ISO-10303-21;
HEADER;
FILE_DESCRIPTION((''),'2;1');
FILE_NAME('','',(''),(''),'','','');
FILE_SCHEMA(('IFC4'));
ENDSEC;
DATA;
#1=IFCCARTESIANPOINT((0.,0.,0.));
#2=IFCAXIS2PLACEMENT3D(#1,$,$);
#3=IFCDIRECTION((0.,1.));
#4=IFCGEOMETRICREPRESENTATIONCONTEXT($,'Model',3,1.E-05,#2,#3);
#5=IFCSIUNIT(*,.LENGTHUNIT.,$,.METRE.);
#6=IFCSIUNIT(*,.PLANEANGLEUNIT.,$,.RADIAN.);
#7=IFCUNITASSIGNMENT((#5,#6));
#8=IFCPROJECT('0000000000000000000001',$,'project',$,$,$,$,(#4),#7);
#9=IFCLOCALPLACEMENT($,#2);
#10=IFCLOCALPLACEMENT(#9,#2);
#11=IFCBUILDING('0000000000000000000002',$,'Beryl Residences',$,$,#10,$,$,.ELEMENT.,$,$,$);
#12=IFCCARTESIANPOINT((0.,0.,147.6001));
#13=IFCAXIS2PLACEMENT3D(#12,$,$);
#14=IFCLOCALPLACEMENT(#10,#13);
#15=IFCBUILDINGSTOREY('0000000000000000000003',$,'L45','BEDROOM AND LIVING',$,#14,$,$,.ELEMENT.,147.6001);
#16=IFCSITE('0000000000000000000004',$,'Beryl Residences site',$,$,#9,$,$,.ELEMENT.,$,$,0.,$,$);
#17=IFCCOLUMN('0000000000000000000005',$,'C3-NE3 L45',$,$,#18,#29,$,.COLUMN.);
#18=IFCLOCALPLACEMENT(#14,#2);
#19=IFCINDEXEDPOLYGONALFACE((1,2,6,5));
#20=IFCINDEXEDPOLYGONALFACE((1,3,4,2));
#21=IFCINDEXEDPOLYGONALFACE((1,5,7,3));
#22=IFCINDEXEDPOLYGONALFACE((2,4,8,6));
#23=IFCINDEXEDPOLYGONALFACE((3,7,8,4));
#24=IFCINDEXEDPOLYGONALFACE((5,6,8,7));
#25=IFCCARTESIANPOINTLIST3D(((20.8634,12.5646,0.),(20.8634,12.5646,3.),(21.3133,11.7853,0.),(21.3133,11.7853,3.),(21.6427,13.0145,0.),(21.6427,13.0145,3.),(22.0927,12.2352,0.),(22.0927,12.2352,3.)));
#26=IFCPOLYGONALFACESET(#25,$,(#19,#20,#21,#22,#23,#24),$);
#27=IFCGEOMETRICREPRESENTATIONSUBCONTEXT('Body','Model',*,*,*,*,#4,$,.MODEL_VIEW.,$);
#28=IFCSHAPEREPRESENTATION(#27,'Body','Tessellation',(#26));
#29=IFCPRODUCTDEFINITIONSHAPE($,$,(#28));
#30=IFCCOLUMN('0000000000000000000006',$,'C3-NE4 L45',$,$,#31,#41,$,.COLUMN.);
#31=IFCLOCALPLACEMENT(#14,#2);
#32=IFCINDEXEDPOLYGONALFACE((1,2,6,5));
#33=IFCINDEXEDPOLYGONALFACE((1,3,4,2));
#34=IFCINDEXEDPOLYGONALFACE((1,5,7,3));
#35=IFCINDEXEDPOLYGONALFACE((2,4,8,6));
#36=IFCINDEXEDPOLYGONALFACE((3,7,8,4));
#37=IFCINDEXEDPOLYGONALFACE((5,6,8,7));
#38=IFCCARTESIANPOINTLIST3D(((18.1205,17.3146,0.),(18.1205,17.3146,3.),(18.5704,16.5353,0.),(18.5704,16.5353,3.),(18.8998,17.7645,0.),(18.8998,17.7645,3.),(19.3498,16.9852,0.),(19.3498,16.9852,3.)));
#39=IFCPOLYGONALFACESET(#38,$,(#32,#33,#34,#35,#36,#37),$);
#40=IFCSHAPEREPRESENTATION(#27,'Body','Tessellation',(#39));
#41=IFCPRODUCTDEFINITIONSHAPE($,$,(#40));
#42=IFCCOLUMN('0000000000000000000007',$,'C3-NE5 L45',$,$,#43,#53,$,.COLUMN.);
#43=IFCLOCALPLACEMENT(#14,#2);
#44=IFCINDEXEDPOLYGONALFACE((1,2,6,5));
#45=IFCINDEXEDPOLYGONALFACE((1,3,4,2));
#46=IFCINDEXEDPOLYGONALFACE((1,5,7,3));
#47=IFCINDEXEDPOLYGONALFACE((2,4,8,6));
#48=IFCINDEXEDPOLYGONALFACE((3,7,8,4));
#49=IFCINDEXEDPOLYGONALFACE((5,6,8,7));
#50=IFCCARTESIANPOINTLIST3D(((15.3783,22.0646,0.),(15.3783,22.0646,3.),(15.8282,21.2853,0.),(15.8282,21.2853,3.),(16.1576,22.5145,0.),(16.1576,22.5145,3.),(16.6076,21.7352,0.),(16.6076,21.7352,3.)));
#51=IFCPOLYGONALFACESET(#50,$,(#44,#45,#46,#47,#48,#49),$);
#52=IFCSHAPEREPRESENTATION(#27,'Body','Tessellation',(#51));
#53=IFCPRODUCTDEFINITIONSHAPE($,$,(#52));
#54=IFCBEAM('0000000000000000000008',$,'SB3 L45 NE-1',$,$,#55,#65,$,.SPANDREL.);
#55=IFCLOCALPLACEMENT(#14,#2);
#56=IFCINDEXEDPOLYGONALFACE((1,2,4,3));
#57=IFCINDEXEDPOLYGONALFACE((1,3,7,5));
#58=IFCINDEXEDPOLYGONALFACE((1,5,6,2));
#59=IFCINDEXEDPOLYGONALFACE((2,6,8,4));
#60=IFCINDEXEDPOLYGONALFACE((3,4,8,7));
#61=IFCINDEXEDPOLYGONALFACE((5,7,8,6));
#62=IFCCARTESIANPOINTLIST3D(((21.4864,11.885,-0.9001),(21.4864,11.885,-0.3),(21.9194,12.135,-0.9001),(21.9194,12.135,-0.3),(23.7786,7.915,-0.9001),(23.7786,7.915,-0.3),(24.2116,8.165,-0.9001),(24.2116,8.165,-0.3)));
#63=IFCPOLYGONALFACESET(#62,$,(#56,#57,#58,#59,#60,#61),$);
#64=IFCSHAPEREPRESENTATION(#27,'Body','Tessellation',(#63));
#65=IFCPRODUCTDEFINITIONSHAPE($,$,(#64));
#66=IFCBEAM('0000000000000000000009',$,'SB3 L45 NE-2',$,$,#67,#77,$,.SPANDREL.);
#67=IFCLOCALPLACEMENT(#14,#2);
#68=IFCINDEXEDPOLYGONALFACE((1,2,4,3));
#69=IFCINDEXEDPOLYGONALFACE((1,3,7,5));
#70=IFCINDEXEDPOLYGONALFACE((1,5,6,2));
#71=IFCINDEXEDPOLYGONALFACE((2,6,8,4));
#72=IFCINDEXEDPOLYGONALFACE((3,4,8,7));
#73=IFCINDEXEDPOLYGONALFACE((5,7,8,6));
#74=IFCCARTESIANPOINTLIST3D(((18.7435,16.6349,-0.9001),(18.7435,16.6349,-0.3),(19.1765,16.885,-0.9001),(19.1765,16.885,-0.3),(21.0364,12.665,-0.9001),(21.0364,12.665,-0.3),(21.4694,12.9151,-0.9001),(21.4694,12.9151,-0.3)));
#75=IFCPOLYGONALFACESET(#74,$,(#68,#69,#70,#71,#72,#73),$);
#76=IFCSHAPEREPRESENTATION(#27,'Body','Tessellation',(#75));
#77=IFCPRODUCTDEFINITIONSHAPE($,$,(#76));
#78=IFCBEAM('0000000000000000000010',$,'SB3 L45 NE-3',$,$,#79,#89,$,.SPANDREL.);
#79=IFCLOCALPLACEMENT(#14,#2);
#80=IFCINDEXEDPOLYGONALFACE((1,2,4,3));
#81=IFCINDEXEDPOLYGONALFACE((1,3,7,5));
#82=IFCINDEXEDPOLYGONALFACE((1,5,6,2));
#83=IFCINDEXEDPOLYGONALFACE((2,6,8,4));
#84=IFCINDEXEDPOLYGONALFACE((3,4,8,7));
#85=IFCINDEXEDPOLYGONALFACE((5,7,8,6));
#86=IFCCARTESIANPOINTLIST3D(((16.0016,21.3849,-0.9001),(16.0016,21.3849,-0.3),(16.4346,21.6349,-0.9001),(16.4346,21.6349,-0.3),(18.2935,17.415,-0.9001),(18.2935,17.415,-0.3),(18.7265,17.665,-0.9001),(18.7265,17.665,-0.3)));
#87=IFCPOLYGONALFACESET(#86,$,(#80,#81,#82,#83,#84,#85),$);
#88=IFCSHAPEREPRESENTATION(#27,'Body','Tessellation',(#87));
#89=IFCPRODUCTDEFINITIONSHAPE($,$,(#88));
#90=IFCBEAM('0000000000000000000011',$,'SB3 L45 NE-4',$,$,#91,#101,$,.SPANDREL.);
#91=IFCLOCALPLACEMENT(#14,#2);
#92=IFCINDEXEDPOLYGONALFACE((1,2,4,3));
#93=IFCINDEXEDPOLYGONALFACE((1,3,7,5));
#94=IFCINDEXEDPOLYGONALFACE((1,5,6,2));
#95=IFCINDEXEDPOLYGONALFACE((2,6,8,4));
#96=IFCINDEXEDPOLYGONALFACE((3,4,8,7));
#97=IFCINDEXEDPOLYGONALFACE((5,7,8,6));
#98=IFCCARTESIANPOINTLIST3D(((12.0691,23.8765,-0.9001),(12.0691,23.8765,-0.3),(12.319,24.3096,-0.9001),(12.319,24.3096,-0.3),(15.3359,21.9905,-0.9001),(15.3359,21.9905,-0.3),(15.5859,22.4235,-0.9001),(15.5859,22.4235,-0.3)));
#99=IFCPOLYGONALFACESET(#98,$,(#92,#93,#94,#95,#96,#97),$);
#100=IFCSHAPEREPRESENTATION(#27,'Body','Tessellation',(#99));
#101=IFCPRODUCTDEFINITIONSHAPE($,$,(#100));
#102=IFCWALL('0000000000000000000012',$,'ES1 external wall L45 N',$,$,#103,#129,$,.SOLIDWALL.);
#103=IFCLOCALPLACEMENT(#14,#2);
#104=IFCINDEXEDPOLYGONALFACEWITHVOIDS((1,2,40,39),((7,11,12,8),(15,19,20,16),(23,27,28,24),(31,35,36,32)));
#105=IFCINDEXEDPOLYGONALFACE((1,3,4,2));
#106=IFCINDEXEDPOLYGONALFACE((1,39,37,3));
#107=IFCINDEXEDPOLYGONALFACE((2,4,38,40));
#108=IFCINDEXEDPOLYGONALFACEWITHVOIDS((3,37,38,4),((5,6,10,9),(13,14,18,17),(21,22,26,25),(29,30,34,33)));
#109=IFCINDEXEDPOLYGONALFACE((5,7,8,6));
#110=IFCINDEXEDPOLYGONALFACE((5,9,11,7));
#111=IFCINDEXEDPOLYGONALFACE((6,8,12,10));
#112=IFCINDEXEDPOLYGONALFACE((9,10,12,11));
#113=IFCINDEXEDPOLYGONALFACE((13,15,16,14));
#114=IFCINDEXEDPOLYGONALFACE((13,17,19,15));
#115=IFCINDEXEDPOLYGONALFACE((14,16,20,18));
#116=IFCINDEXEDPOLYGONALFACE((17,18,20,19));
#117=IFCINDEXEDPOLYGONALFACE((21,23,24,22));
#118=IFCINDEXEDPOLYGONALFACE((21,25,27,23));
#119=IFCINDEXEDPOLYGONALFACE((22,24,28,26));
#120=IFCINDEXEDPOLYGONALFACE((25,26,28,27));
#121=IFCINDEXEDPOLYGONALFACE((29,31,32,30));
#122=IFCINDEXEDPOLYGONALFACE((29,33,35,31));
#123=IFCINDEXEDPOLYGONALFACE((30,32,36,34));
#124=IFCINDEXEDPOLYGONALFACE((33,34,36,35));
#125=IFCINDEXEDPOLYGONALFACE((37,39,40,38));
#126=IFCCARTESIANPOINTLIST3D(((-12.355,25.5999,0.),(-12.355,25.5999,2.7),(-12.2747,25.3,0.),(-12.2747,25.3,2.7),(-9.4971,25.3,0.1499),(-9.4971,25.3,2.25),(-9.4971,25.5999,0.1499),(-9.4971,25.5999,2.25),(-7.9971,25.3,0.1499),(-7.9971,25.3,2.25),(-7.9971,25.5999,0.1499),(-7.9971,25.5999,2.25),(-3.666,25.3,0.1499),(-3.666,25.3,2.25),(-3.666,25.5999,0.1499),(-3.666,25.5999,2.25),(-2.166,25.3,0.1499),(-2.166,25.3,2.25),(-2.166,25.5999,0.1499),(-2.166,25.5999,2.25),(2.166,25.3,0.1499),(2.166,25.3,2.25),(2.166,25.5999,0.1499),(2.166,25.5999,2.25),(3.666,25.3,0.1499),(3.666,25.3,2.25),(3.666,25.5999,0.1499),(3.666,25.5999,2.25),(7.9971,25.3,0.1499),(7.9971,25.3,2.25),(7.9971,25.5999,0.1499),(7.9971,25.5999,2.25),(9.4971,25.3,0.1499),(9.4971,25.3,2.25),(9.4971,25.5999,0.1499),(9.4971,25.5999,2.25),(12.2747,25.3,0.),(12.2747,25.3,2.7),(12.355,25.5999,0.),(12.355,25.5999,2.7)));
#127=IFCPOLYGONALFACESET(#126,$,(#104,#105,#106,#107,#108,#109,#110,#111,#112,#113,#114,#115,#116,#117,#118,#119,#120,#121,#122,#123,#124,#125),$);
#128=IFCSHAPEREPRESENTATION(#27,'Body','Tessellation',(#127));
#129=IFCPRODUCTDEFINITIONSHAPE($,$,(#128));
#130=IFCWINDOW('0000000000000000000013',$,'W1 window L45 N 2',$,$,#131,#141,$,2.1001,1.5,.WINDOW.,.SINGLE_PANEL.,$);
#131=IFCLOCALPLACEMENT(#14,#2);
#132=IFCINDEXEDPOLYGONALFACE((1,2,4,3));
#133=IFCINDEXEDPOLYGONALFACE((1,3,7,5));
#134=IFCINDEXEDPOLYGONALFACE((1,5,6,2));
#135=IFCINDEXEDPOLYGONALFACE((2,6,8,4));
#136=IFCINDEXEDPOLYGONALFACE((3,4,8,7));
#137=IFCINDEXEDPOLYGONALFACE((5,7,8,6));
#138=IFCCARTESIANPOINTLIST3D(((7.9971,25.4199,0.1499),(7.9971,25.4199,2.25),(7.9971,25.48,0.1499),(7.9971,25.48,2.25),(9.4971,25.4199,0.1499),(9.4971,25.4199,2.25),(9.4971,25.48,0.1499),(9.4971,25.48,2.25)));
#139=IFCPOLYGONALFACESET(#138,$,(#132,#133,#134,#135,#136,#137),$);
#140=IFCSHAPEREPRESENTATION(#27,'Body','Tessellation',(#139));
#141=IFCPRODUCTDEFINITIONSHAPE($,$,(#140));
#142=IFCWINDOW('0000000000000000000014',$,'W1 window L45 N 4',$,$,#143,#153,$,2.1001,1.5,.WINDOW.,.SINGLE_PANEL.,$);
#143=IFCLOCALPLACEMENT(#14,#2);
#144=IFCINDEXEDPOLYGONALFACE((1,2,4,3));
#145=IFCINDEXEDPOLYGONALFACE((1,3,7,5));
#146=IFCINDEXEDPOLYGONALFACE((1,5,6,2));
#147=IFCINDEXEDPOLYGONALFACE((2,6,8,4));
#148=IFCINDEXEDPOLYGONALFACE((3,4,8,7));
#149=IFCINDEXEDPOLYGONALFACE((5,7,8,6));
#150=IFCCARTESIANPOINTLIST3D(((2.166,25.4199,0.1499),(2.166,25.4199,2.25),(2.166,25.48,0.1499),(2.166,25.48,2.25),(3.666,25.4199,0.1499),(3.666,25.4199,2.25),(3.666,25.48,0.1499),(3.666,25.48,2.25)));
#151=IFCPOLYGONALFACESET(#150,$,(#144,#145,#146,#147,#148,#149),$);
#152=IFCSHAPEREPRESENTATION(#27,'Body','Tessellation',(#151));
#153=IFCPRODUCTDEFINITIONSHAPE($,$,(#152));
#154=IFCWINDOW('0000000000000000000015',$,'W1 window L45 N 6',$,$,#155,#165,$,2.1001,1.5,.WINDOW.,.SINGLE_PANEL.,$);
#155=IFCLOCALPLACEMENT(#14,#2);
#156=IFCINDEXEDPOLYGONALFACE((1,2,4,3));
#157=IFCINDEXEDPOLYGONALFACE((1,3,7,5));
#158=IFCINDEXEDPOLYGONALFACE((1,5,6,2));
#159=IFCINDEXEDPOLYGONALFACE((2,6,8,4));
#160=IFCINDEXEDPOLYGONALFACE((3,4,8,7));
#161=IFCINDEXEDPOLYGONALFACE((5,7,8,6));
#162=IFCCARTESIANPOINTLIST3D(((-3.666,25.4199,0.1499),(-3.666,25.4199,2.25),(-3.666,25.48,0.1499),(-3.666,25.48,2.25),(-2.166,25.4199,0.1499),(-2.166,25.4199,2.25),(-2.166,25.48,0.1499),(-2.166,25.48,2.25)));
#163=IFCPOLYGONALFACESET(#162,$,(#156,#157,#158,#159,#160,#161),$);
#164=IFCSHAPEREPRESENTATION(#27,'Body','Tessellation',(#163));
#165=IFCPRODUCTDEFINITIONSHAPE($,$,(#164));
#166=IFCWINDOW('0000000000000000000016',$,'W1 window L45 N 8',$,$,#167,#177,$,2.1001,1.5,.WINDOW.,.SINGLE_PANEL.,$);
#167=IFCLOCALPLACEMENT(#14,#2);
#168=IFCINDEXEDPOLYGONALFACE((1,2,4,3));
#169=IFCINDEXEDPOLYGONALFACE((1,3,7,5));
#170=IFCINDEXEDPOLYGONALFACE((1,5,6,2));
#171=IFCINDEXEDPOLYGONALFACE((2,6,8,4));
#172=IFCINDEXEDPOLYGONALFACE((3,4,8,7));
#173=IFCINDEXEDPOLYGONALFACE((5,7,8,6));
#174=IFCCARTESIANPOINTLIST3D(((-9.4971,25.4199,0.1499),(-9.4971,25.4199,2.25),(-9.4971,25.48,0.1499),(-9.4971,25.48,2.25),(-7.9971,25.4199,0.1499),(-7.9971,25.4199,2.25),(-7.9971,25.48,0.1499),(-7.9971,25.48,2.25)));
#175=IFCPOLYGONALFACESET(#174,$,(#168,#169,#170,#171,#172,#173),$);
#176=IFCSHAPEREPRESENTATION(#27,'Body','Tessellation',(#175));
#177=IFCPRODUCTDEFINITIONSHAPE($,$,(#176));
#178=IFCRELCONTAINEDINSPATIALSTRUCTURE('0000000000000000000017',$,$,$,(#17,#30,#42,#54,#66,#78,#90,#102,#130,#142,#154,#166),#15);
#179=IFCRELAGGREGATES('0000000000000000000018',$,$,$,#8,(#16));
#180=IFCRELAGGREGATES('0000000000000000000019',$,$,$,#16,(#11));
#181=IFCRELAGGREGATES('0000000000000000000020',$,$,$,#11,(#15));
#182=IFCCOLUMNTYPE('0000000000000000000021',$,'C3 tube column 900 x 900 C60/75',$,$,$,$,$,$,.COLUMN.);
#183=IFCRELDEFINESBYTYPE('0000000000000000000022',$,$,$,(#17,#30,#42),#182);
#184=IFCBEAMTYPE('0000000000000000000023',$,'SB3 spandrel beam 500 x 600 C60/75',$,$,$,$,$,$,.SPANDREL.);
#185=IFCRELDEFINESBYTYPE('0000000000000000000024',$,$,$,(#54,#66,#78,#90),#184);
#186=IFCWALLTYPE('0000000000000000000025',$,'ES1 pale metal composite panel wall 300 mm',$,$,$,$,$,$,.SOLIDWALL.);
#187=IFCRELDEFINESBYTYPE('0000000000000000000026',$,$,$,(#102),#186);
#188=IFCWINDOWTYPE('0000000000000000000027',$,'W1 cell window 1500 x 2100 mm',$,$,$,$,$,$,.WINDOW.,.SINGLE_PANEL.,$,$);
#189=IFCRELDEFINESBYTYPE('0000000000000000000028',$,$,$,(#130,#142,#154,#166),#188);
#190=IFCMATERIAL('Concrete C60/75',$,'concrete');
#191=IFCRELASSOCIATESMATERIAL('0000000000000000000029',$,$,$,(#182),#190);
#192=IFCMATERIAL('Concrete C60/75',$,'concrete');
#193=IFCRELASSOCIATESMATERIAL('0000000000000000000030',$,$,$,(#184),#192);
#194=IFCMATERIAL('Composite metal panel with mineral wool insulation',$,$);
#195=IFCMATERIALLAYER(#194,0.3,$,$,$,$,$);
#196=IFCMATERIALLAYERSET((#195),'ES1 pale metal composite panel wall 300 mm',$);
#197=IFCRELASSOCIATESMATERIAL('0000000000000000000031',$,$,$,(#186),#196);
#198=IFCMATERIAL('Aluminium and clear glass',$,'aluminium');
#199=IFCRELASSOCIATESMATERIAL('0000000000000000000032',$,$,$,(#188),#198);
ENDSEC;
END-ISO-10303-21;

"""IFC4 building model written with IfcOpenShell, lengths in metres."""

from ifc_helpers import new_model, si_unit, direction, frame, frame_2d, origin, origin_2d, place, context, subcontext, project, spatial, polyline, rectangle, outline, extrude, material, layer, layer_set, material_profile, profile_set, type_object, element, fill, save


model = new_model("IFC4")

# Units and contexts
model_context = context("Model", 3, precision=1e-05, world=origin(), true_north=direction((0.0, 1.0)))
body_context = subcontext(model_context, "Body", "Model", "MODEL_VIEW")
ifc_project = project(units=[si_unit("LENGTHUNIT", "METRE"), si_unit("PLANEANGLEUNIT", "RADIAN")], contexts=[model_context])

# Site, building, storey
site_placement = place(None, origin())
site = spatial("IfcSite", under=ifc_project, at=site_placement, Name="Beryl Residences site", CompositionType="ELEMENT", RefElevation=0.0)
building_placement = place(site_placement, origin())
building = spatial("IfcBuilding", under=site, at=building_placement, Name="Beryl Residences", CompositionType="ELEMENT")
storey_placement = place(building_placement, frame((0.0, 0.0, 147.6001)))
storey = spatial("IfcBuildingStorey", under=building, at=storey_placement, Name="L45", Description="BEDROOM AND LIVING", CompositionType="ELEMENT", Elevation=147.6001)

# Columns
ifc_material_1 = material(Name="Concrete C60/75", Category="concrete")
ifc_material_profile_1 = material_profile(ifc_material_1, rectangle(XDim=0.8999, YDim=0.8999, at=origin_2d()))
ifc_profile_set_1 = profile_set([ifc_material_profile_1], Name="Concrete C60/75")
column_type = type_object("IfcColumnType", Name="C3 tube column 900 x 900 C60/75", PredefinedType="COLUMN", material=ifc_profile_set_1)
for number, where, z_axis, x_axis, name in (
    (1, (21.478, 12.3999, 0.0), (0.0, 0.0, 1.0), (-0.5, 0.866025, 0.0), "C3-NE3 L45"),
    (2, (18.7351, 17.1499, 0.0), (0.0, 0.0, 1.0), (-0.5, 0.866025, 0.0), "C3-NE4 L45"),
    (3, (15.9929, 21.8999, 0.0), (0.0, 0.0, 1.0), (-0.5, 0.866025, 0.0), "C3-NE5 L45"),
):
    element("IfcColumn", number, at=place(storey_placement, frame(where, z_axis=z_axis, x_axis=x_axis)), inside=storey, type_object=column_type, Name=name, PredefinedType="COLUMN", context=body_context, shape_type="SweptSolid", body=[
        extrude(rectangle(XDim=0.8999, YDim=0.8999, at=origin_2d()), origin(), (0.0, 0.0, 1.0), 3.0),
    ])

# Beams
ifc_material_2 = material(Name="Concrete C60/75", Category="concrete")
ifc_material_profile_2 = material_profile(ifc_material_2, rectangle(XDim=0.5, YDim=0.6001, at=origin_2d()))
ifc_profile_set_2 = profile_set([ifc_material_profile_2], Name="Concrete C60/75")
beam_type = type_object("IfcBeamType", Name="SB3 spandrel beam 500 x 600 C60/75", PredefinedType="SPANDREL", material=ifc_profile_set_2)
beam_1_placement = place(storey_placement, frame((23.9951, 8.04, -0.6001), z_axis=(-0.500028, 0.866009, 0.0), x_axis=(-0.866009, -0.500028, 0.0)))
element("IfcBeam", 4, at=beam_1_placement, inside=storey, type_object=beam_type, Name="SB3 L45 NE-1", PredefinedType="SPANDREL", context=body_context, shape_type="SweptSolid", body=[
    extrude(rectangle(XDim=0.5, YDim=0.6001, at=origin_2d()), origin(), (0.0, 0.0, 1.0), 4.5842),
])
beam_2_placement = place(storey_placement, frame((21.2529, 12.79, -0.6001), z_axis=(-0.500148, 0.86594, 0.0), x_axis=(-0.86594, -0.500148, 0.0)))
element("IfcBeam", 5, at=beam_2_placement, inside=storey, type_object=beam_type, Name="SB3 L45 NE-2", PredefinedType="SPANDREL", context=body_context, shape_type="SweptSolid", body=[
    extrude(rectangle(XDim=0.5, YDim=0.6001, at=origin_2d()), origin(), (0.0, 0.0, 1.0), 4.5845),
])
beam_3_placement = place(storey_placement, frame((18.51, 17.54, -0.6001), z_axis=(-0.499988, 0.866032, 0.0), x_axis=(-0.866032, -0.499988, 0.0)))
element("IfcBeam", 6, at=beam_3_placement, inside=storey, type_object=beam_type, Name="SB3 L45 NE-3", PredefinedType="SPANDREL", context=body_context, shape_type="SweptSolid", body=[
    extrude(rectangle(XDim=0.5, YDim=0.6001, at=origin_2d()), origin(), (0.0, 0.0, 1.0), 4.584),
])
beam_4_placement = place(storey_placement, frame((15.4609, 22.207, -0.6001), z_axis=(-0.86604, 0.499975, 0.0), x_axis=(-0.499975, -0.86604, 0.0)))
element("IfcBeam", 7, at=beam_4_placement, inside=storey, type_object=beam_type, Name="SB3 L45 NE-4", PredefinedType="SPANDREL", context=body_context, shape_type="SweptSolid", body=[
    extrude(rectangle(XDim=0.5, YDim=0.6001, at=origin_2d()), origin(), (0.0, 0.0, 1.0), 3.7722),
])

# Wall, openings, windows
ifc_material_3 = material(Name="Composite metal panel with mineral wool insulation")
ifc_layer_1 = layer(ifc_material_3, 0.3)
ifc_layer_set_1 = layer_set([ifc_layer_1], Name="ES1 pale metal composite panel wall 300 mm")
wall_type_1 = type_object("IfcWallType", Name="ES1 pale metal composite panel wall 300 mm", PredefinedType="SOLIDWALL", material=ifc_layer_set_1)
wall_1_placement = place(storey_placement, frame((12.355, 25.45, 0.0), z_axis=(0.0, 0.0, 1.0), x_axis=(-1.0, 0.0, 0.0)))
wall_1 = element("IfcWall", 8, at=wall_1_placement, inside=storey, type_object=wall_type_1, Name="ES1 external wall L45 N", PredefinedType="SOLIDWALL", context=body_context, shape_type="SweptSolid", body=[
    extrude(outline(polyline([(0.0, -0.1499), (24.71, -0.1499), (24.6296, 0.1499), (0.0803, 0.1499), (0.0, -0.1499)])), origin(), (0.0, 0.0, 1.0), 2.7),
])
opening_1_placement = place(wall_1_placement, frame((2.8579, 0.0, 0.1499)))
opening_1 = element("IfcOpeningElement", 9, at=opening_1_placement, cuts=wall_1, PredefinedType="OPENING", context=body_context, shape_type="SweptSolid", body=[
    extrude(rectangle(XDim=1.5, YDim=2.1001, at=frame_2d((0.75, 1.05))), frame((0.0, 0.1599, 0.0), z_axis=(0.0, -1.0, 0.0), x_axis=(1.0, 0.0, 0.0)), (0.0, 0.0, 1.0), 0.3201),
])
opening_2_placement = place(wall_1_placement, frame((8.689, 0.0, 0.1499)))
opening_2 = element("IfcOpeningElement", 10, at=opening_2_placement, cuts=wall_1, PredefinedType="OPENING", context=body_context, shape_type="SweptSolid", body=[
    extrude(rectangle(XDim=1.5, YDim=2.1001, at=frame_2d((0.75, 1.05))), frame((0.0, 0.1599, 0.0), z_axis=(0.0, -1.0, 0.0), x_axis=(1.0, 0.0, 0.0)), (0.0, 0.0, 1.0), 0.3201),
])
opening_3_placement = place(wall_1_placement, frame((14.521, 0.0, 0.1499)))
opening_3 = element("IfcOpeningElement", 11, at=opening_3_placement, cuts=wall_1, PredefinedType="OPENING", context=body_context, shape_type="SweptSolid", body=[
    extrude(rectangle(XDim=1.5, YDim=2.1001, at=frame_2d((0.75, 1.05))), frame((0.0, 0.1599, 0.0), z_axis=(0.0, -1.0, 0.0), x_axis=(1.0, 0.0, 0.0)), (0.0, 0.0, 1.0), 0.3201),
])
opening_4_placement = place(wall_1_placement, frame((20.3521, 0.0, 0.1499)))
opening_4 = element("IfcOpeningElement", 12, at=opening_4_placement, cuts=wall_1, PredefinedType="OPENING", context=body_context, shape_type="SweptSolid", body=[
    extrude(rectangle(XDim=1.5, YDim=2.1001, at=frame_2d((0.75, 1.05))), frame((0.0, 0.1599, 0.0), z_axis=(0.0, -1.0, 0.0), x_axis=(1.0, 0.0, 0.0)), (0.0, 0.0, 1.0), 0.3201),
])
ifc_material_4 = material(Name="Aluminium and clear glass", Category="aluminium")
window_type_1 = type_object("IfcWindowType", Name="W1 cell window 1500 x 2100 mm", PartitioningType="SINGLE_PANEL", PredefinedType="WINDOW", material=ifc_material_4)
window_1_placement = place(opening_1_placement, origin())
window_1 = element("IfcWindow", 13, at=window_1_placement, inside=storey, type_object=window_type_1, Name="W1 window L45 N 2", OverallHeight=2.1001, OverallWidth=1.5, PartitioningType="SINGLE_PANEL", PredefinedType="WINDOW", context=body_context, shape_type="SweptSolid", body=[
    extrude(rectangle(XDim=1.5, YDim=2.1001, at=frame_2d((0.75, 1.05))), frame((0.0, 0.03, 0.0), z_axis=(0.0, -1.0, 0.0), x_axis=(1.0, 0.0, 0.0)), (0.0, 0.0, 1.0), 0.0601),
])
fill(opening_1, window_1)
window_2_placement = place(opening_2_placement, origin())
window_2 = element("IfcWindow", 14, at=window_2_placement, inside=storey, type_object=window_type_1, Name="W1 window L45 N 4", OverallHeight=2.1001, OverallWidth=1.5, PartitioningType="SINGLE_PANEL", PredefinedType="WINDOW", context=body_context, shape_type="SweptSolid", body=[
    extrude(rectangle(XDim=1.5, YDim=2.1001, at=frame_2d((0.75, 1.05))), frame((0.0, 0.03, 0.0), z_axis=(0.0, -1.0, 0.0), x_axis=(1.0, 0.0, 0.0)), (0.0, 0.0, 1.0), 0.0601),
])
fill(opening_2, window_2)
window_3_placement = place(opening_3_placement, origin())
window_3 = element("IfcWindow", 15, at=window_3_placement, inside=storey, type_object=window_type_1, Name="W1 window L45 N 6", OverallHeight=2.1001, OverallWidth=1.5, PartitioningType="SINGLE_PANEL", PredefinedType="WINDOW", context=body_context, shape_type="SweptSolid", body=[
    extrude(rectangle(XDim=1.5, YDim=2.1001, at=frame_2d((0.75, 1.05))), frame((0.0, 0.03, 0.0), z_axis=(0.0, -1.0, 0.0), x_axis=(1.0, 0.0, 0.0)), (0.0, 0.0, 1.0), 0.0601),
])
fill(opening_3, window_3)
window_4_placement = place(opening_4_placement, origin())
window_4 = element("IfcWindow", 16, at=window_4_placement, inside=storey, type_object=window_type_1, Name="W1 window L45 N 8", OverallHeight=2.1001, OverallWidth=1.5, PartitioningType="SINGLE_PANEL", PredefinedType="WINDOW", context=body_context, shape_type="SweptSolid", body=[
    extrude(rectangle(XDim=1.5, YDim=2.1001, at=frame_2d((0.75, 1.05))), frame((0.0, 0.03, 0.0), z_axis=(0.0, -1.0, 0.0), x_axis=(1.0, 0.0, 0.0)), (0.0, 0.0, 1.0), 0.0601),
])
fill(opening_4, window_4)

save(model, "model.ifc")
